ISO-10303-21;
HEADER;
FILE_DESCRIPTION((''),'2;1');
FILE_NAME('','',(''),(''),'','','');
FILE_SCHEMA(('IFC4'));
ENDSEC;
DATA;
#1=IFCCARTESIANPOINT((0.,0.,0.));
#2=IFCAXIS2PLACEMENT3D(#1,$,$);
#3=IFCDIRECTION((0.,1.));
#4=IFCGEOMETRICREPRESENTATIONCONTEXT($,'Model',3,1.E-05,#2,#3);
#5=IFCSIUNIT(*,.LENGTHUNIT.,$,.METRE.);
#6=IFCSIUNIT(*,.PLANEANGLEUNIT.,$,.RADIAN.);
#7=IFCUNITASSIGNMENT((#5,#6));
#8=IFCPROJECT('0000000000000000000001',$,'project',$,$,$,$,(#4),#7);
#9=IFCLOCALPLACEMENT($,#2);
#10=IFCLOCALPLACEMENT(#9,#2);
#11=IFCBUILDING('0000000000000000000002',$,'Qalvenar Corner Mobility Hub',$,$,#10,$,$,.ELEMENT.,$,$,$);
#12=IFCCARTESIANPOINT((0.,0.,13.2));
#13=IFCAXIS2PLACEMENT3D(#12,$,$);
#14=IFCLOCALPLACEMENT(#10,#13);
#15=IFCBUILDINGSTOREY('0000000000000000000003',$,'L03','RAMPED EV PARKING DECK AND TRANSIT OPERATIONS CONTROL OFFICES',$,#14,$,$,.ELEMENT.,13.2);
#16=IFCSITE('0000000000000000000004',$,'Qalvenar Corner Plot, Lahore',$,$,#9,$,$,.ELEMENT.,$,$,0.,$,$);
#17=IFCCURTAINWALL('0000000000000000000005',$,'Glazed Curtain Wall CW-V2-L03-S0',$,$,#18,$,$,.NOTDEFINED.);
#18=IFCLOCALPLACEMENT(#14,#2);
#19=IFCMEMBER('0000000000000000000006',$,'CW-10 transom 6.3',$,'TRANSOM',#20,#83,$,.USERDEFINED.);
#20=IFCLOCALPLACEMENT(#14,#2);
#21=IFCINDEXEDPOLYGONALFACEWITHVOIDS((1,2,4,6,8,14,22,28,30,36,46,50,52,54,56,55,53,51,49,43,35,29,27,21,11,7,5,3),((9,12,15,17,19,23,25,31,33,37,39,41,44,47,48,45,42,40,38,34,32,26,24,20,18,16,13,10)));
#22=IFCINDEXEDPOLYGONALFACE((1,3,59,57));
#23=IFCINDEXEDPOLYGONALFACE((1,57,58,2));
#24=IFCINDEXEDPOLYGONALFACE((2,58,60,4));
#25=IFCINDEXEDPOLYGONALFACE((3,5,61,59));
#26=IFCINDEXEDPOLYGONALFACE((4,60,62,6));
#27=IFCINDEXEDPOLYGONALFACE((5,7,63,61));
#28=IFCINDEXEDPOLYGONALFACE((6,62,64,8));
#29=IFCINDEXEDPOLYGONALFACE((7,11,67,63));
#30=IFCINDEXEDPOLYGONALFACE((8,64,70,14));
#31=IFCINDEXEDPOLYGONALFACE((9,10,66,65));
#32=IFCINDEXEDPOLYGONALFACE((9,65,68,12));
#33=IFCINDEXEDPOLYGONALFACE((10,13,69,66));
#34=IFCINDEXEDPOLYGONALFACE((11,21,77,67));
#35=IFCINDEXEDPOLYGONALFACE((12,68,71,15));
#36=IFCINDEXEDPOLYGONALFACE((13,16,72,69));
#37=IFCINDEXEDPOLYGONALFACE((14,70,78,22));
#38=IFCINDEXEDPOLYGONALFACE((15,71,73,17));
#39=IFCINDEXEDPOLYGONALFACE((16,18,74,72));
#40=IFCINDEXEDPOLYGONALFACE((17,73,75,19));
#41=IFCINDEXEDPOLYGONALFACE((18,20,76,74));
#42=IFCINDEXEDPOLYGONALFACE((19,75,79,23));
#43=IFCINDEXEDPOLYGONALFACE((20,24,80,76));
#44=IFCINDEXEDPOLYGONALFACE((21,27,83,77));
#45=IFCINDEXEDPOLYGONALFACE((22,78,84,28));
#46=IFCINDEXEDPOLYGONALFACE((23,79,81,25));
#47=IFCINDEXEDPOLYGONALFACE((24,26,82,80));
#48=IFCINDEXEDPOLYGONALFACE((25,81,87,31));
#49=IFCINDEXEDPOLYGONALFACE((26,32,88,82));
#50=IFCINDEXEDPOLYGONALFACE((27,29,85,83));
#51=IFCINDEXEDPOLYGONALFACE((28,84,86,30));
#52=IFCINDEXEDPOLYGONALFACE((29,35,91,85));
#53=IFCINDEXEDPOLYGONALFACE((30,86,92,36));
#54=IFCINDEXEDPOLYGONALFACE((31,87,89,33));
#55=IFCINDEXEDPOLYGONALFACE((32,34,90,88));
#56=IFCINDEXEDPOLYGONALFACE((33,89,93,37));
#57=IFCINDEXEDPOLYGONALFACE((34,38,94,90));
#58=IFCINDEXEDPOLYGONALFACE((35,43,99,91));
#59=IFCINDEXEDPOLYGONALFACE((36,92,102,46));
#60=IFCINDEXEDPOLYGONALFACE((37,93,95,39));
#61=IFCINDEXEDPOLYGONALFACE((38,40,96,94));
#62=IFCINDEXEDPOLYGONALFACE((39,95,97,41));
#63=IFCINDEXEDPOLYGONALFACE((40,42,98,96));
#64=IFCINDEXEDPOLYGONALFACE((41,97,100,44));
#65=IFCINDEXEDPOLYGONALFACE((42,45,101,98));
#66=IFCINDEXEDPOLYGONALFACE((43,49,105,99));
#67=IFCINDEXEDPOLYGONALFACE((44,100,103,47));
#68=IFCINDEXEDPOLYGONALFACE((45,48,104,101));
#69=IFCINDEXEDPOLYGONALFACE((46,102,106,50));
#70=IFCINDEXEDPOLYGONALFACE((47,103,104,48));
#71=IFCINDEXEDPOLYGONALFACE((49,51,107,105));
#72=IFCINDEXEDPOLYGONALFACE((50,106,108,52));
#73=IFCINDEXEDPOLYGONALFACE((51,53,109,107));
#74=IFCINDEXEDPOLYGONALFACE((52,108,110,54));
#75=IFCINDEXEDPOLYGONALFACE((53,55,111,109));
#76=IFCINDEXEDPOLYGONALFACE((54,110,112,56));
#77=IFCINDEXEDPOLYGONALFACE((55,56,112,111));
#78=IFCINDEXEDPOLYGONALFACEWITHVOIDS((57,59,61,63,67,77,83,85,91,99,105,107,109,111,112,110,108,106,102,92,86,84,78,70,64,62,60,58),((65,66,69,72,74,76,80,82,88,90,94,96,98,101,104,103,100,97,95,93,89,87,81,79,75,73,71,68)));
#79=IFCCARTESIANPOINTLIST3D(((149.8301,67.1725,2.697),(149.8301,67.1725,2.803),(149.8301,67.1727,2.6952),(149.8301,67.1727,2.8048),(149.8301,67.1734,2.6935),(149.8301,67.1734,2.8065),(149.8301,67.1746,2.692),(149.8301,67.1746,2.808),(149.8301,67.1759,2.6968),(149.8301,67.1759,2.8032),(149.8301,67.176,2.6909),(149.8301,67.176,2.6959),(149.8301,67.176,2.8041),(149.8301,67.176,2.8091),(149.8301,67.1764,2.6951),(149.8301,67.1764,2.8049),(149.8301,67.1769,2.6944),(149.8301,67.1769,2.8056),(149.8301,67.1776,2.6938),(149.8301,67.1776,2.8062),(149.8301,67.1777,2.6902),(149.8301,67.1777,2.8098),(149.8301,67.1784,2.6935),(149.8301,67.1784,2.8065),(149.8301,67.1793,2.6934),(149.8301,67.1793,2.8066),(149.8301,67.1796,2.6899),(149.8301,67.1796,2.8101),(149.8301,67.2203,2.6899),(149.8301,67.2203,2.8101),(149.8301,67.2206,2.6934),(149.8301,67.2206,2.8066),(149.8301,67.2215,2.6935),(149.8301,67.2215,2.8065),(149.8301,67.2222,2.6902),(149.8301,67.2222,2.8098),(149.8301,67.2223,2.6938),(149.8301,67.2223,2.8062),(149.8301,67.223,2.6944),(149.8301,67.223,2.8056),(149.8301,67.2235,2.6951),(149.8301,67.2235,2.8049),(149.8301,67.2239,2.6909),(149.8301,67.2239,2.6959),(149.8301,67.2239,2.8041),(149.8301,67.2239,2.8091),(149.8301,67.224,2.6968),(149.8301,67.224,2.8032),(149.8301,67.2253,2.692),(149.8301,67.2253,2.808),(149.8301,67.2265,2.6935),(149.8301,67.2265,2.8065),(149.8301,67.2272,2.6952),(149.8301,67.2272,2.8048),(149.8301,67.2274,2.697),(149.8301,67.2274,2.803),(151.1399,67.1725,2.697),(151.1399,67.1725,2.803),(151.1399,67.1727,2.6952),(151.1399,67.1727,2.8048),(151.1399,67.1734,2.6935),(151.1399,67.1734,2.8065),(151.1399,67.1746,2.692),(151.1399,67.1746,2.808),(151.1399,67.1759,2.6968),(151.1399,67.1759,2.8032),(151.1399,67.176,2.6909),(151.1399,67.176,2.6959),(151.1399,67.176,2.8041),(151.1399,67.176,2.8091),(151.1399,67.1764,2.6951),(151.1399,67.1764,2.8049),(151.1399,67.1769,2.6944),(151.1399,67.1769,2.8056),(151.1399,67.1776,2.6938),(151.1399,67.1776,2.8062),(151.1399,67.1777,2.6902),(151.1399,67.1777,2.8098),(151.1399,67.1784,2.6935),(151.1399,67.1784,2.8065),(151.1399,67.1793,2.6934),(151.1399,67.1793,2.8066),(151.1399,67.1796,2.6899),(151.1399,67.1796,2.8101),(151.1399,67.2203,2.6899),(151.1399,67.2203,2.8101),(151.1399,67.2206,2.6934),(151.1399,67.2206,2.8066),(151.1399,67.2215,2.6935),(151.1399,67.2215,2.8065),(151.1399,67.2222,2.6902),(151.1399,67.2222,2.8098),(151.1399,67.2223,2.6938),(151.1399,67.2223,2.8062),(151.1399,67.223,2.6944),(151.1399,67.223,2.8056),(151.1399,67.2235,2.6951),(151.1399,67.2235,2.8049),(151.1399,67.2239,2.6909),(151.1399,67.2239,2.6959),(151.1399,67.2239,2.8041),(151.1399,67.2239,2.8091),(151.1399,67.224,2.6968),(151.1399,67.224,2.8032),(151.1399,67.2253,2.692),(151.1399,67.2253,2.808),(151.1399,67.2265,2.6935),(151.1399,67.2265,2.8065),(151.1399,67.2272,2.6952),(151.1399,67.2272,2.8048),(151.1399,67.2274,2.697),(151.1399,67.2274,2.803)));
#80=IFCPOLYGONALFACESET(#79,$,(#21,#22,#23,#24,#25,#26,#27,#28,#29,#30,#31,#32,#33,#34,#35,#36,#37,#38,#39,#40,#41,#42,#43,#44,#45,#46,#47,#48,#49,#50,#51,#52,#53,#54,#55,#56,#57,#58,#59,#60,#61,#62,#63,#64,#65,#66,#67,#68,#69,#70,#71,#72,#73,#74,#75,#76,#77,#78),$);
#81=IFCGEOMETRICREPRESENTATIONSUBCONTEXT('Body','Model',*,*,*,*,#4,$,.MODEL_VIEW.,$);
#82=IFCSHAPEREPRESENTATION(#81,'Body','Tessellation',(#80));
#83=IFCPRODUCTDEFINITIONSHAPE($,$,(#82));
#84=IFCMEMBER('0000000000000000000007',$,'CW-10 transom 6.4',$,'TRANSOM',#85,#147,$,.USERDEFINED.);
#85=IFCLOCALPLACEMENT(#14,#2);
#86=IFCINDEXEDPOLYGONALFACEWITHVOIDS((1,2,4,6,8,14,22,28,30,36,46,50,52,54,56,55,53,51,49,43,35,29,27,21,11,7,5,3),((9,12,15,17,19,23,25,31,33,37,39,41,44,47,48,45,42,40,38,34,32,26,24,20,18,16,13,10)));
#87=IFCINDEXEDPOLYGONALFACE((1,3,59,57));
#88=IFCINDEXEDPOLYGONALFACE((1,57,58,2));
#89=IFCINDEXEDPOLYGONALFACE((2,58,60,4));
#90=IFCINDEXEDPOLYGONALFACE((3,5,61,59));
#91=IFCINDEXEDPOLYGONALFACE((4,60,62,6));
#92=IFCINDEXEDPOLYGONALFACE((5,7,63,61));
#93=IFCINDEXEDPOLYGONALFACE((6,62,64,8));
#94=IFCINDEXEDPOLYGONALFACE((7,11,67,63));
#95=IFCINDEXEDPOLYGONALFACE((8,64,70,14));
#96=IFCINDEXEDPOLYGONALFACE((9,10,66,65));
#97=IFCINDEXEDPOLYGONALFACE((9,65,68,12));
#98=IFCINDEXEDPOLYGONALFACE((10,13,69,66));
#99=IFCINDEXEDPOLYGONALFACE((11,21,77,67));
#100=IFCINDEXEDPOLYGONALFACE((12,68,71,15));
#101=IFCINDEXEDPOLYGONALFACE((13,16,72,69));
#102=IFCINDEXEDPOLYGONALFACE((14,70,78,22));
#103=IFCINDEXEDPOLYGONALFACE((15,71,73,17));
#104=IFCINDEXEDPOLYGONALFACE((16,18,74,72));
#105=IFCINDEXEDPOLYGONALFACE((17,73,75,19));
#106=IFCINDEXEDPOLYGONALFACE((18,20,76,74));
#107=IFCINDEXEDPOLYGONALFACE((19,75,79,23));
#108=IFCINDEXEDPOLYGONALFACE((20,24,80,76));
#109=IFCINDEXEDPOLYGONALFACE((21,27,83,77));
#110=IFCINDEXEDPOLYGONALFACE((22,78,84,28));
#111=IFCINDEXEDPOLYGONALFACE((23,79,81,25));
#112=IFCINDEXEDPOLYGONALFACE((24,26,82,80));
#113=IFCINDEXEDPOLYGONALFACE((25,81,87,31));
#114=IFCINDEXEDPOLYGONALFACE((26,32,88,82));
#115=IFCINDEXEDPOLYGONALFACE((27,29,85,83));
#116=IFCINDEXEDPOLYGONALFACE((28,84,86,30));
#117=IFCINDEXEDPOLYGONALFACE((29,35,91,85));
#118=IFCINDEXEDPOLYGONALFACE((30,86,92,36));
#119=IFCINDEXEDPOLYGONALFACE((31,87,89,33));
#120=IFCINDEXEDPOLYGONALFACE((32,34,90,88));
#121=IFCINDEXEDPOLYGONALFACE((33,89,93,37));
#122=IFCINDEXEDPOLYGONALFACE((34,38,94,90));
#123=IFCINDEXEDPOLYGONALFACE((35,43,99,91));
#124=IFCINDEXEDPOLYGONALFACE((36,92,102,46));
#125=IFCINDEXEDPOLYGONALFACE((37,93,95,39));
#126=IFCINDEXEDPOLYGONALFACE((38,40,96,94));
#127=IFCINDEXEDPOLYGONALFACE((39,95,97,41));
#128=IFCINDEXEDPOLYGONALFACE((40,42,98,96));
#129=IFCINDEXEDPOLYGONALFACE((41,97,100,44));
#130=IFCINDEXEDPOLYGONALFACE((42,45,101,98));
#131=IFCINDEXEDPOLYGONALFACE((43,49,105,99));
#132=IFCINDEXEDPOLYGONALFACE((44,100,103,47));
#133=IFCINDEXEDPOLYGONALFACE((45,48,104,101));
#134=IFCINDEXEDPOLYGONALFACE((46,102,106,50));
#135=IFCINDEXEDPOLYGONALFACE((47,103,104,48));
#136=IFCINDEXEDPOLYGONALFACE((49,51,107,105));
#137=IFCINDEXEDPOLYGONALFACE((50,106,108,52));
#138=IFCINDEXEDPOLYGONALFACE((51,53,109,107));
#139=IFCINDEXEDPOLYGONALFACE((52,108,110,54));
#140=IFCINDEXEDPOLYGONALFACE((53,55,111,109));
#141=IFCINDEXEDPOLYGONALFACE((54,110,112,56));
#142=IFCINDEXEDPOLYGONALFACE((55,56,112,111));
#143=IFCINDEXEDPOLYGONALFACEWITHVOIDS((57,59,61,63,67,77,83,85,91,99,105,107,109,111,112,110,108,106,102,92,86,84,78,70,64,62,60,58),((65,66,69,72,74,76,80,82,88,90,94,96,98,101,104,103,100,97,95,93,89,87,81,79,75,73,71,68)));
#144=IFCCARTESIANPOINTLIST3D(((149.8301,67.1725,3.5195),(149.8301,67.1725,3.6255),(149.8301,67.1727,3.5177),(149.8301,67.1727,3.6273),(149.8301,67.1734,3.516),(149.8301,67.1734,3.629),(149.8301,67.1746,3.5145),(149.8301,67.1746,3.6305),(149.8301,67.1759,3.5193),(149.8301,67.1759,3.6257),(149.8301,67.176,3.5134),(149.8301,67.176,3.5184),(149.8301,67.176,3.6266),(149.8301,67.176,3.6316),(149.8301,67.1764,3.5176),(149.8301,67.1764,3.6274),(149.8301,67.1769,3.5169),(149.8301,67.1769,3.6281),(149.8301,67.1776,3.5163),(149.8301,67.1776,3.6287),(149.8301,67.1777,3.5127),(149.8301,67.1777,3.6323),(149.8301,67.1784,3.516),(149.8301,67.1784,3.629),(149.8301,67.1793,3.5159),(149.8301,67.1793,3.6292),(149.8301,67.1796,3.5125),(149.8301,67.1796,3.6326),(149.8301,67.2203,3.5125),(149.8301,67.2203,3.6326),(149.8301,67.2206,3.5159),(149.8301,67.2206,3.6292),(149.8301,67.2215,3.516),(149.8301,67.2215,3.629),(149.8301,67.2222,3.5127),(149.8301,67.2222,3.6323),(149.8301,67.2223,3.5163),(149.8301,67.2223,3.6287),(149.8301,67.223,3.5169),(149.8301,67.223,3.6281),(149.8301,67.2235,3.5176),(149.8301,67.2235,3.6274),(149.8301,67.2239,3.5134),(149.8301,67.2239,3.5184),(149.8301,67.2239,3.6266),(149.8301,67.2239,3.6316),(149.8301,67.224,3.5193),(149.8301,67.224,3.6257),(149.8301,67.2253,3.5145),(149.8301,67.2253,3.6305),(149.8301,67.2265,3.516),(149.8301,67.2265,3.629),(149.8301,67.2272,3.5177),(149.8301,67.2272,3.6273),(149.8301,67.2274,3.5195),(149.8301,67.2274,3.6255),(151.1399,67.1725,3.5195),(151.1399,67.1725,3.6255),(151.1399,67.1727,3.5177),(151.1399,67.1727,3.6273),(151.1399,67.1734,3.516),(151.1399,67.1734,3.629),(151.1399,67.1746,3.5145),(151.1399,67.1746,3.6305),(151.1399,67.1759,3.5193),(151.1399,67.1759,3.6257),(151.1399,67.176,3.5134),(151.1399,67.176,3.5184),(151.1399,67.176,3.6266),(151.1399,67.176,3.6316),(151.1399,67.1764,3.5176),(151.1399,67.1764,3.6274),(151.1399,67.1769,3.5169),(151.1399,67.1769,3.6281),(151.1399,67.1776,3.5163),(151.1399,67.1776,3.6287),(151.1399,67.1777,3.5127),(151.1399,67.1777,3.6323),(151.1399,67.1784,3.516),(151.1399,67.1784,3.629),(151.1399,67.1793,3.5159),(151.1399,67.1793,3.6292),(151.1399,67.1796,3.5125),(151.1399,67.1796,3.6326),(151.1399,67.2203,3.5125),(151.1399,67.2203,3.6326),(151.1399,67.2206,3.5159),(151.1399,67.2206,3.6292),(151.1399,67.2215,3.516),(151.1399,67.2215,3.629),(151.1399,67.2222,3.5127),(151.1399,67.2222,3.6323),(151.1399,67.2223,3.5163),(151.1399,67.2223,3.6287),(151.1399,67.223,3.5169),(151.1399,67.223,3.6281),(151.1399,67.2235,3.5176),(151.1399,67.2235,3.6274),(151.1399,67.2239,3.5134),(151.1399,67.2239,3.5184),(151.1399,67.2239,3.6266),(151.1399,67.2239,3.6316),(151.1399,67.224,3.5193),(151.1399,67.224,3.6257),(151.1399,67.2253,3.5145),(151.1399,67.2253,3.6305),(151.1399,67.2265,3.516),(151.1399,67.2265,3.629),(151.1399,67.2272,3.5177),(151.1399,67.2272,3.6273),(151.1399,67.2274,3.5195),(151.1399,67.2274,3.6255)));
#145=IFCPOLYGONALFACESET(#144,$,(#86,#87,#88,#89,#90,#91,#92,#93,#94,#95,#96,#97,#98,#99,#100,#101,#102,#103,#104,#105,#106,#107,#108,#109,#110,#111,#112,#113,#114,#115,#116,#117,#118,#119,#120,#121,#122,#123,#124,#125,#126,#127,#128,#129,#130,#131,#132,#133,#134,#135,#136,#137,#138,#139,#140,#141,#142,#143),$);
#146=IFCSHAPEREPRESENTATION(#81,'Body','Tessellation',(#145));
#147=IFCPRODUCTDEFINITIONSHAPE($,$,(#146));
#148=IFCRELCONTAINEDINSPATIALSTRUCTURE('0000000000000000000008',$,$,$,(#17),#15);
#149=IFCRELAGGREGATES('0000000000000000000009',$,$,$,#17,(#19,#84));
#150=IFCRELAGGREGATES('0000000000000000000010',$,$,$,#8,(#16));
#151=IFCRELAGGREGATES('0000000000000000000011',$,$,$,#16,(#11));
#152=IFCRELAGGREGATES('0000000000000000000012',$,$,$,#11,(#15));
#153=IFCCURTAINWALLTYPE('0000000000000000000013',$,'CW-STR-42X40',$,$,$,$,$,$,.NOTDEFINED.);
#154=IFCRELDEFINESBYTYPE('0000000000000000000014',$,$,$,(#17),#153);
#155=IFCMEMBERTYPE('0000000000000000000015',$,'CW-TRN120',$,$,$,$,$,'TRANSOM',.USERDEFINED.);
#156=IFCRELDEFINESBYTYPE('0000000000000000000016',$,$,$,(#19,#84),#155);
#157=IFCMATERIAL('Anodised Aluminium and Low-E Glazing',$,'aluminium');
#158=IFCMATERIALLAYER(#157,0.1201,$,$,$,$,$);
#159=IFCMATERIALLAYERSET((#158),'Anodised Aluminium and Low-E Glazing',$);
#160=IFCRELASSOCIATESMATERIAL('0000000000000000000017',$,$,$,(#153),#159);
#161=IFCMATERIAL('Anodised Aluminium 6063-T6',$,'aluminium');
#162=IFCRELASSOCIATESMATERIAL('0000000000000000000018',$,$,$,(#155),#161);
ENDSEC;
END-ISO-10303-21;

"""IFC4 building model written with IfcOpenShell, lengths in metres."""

from ifc_helpers import new_model, si_unit, direction, frame, origin, origin_2d, place, context, subcontext, project, spatial, hollow_rectangle, extrude, material, layer, layer_set, material_profile, profile_set, type_object, element, aggregate, save


model = new_model("IFC4")

# Units and contexts
model_context = context("Model", 3, precision=1e-05, world=origin(), true_north=direction((0.0, 1.0)))
body_context = subcontext(model_context, "Body", "Model", "MODEL_VIEW")
ifc_project = project(units=[si_unit("LENGTHUNIT", "METRE"), si_unit("PLANEANGLEUNIT", "RADIAN")], contexts=[model_context])

# Site, building, storey
site_placement = place(None, origin())
site = spatial("IfcSite", under=ifc_project, at=site_placement, Name="Qalvenar Corner Plot, Lahore", CompositionType="ELEMENT", RefElevation=0.0)
building_placement = place(site_placement, origin())
building = spatial("IfcBuilding", under=site, at=building_placement, Name="Qalvenar Corner Mobility Hub", CompositionType="ELEMENT")
storey_placement = place(building_placement, frame((0.0, 0.0, 13.2)))
storey = spatial("IfcBuildingStorey", under=building, at=storey_placement, Name="L03", Description="RAMPED EV PARKING DECK AND TRANSIT OPERATIONS CONTROL OFFICES", CompositionType="ELEMENT", Elevation=13.2)

# Curtain wall
ifc_material_1 = material(Name="Anodised Aluminium and Low-E Glazing", Category="aluminium")
ifc_layer_1 = layer(ifc_material_1, 0.1201)
ifc_layer_set_1 = layer_set([ifc_layer_1], Name="Anodised Aluminium and Low-E Glazing")
curtain_wall_type = type_object("IfcCurtainWallType", Name="CW-STR-42X40", PredefinedType="NOTDEFINED", material=ifc_layer_set_1)
curtain_wall_1_placement = place(storey_placement, origin())
curtain_wall_1 = element("IfcCurtainWall", 1, at=curtain_wall_1_placement, inside=storey, type_object=curtain_wall_type, Name="Glazed Curtain Wall CW-V2-L03-S0", PredefinedType="NOTDEFINED")
ifc_material_2 = material(Name="Anodised Aluminium 6063-T6", Category="aluminium")

# Members
ifc_material_profile_1 = material_profile(ifc_material_2, hollow_rectangle(XDim=0.0549, YDim=0.1201, WallThickness=0.0034, InnerFilletRadius=0.0034, OuterFilletRadius=0.0071, at=origin_2d()), Name="RHS120x55x3.5")
ifc_profile_set_1 = profile_set([ifc_material_profile_1], Name="Anodised Aluminium 6063-T6")
member_type_1 = type_object("IfcMemberType", Name="CW-TRN120", ElementType="TRANSOM", PredefinedType="USERDEFINED", material=ifc_profile_set_1)
member_1_placement = place(storey_placement, frame((149.8301, 67.2, 2.75), z_axis=(1.0, 0.0, 0.0), x_axis=(0.0, 1.0, 0.0)))
member_1 = element("IfcMember", 2, at=member_1_placement, type_object=member_type_1, Name="CW-10 transom 6.3", ObjectType="TRANSOM", PredefinedType="USERDEFINED", context=body_context, shape_type="SweptSolid", body=[
    extrude(hollow_rectangle(XDim=0.0549, YDim=0.1201, WallThickness=0.0034, InnerFilletRadius=0.0034, OuterFilletRadius=0.0071, at=origin_2d()), origin(), (0.0, 0.0, 1.0), 1.3098),
])
member_2_placement = place(storey_placement, frame((149.8301, 67.2, 3.5725), z_axis=(1.0, 0.0, 0.0), x_axis=(0.0, 1.0, 0.0)))
member_2 = element("IfcMember", 3, at=member_2_placement, type_object=member_type_1, Name="CW-10 transom 6.4", ObjectType="TRANSOM", PredefinedType="USERDEFINED", context=body_context, shape_type="SweptSolid", body=[
    extrude(hollow_rectangle(XDim=0.0549, YDim=0.1201, WallThickness=0.0034, InnerFilletRadius=0.0034, OuterFilletRadius=0.0071, at=origin_2d()), origin(), (0.0, 0.0, 1.0), 1.3098),
])

aggregate(curtain_wall_1, [member_1, member_2])

save(model, "model.ifc")
